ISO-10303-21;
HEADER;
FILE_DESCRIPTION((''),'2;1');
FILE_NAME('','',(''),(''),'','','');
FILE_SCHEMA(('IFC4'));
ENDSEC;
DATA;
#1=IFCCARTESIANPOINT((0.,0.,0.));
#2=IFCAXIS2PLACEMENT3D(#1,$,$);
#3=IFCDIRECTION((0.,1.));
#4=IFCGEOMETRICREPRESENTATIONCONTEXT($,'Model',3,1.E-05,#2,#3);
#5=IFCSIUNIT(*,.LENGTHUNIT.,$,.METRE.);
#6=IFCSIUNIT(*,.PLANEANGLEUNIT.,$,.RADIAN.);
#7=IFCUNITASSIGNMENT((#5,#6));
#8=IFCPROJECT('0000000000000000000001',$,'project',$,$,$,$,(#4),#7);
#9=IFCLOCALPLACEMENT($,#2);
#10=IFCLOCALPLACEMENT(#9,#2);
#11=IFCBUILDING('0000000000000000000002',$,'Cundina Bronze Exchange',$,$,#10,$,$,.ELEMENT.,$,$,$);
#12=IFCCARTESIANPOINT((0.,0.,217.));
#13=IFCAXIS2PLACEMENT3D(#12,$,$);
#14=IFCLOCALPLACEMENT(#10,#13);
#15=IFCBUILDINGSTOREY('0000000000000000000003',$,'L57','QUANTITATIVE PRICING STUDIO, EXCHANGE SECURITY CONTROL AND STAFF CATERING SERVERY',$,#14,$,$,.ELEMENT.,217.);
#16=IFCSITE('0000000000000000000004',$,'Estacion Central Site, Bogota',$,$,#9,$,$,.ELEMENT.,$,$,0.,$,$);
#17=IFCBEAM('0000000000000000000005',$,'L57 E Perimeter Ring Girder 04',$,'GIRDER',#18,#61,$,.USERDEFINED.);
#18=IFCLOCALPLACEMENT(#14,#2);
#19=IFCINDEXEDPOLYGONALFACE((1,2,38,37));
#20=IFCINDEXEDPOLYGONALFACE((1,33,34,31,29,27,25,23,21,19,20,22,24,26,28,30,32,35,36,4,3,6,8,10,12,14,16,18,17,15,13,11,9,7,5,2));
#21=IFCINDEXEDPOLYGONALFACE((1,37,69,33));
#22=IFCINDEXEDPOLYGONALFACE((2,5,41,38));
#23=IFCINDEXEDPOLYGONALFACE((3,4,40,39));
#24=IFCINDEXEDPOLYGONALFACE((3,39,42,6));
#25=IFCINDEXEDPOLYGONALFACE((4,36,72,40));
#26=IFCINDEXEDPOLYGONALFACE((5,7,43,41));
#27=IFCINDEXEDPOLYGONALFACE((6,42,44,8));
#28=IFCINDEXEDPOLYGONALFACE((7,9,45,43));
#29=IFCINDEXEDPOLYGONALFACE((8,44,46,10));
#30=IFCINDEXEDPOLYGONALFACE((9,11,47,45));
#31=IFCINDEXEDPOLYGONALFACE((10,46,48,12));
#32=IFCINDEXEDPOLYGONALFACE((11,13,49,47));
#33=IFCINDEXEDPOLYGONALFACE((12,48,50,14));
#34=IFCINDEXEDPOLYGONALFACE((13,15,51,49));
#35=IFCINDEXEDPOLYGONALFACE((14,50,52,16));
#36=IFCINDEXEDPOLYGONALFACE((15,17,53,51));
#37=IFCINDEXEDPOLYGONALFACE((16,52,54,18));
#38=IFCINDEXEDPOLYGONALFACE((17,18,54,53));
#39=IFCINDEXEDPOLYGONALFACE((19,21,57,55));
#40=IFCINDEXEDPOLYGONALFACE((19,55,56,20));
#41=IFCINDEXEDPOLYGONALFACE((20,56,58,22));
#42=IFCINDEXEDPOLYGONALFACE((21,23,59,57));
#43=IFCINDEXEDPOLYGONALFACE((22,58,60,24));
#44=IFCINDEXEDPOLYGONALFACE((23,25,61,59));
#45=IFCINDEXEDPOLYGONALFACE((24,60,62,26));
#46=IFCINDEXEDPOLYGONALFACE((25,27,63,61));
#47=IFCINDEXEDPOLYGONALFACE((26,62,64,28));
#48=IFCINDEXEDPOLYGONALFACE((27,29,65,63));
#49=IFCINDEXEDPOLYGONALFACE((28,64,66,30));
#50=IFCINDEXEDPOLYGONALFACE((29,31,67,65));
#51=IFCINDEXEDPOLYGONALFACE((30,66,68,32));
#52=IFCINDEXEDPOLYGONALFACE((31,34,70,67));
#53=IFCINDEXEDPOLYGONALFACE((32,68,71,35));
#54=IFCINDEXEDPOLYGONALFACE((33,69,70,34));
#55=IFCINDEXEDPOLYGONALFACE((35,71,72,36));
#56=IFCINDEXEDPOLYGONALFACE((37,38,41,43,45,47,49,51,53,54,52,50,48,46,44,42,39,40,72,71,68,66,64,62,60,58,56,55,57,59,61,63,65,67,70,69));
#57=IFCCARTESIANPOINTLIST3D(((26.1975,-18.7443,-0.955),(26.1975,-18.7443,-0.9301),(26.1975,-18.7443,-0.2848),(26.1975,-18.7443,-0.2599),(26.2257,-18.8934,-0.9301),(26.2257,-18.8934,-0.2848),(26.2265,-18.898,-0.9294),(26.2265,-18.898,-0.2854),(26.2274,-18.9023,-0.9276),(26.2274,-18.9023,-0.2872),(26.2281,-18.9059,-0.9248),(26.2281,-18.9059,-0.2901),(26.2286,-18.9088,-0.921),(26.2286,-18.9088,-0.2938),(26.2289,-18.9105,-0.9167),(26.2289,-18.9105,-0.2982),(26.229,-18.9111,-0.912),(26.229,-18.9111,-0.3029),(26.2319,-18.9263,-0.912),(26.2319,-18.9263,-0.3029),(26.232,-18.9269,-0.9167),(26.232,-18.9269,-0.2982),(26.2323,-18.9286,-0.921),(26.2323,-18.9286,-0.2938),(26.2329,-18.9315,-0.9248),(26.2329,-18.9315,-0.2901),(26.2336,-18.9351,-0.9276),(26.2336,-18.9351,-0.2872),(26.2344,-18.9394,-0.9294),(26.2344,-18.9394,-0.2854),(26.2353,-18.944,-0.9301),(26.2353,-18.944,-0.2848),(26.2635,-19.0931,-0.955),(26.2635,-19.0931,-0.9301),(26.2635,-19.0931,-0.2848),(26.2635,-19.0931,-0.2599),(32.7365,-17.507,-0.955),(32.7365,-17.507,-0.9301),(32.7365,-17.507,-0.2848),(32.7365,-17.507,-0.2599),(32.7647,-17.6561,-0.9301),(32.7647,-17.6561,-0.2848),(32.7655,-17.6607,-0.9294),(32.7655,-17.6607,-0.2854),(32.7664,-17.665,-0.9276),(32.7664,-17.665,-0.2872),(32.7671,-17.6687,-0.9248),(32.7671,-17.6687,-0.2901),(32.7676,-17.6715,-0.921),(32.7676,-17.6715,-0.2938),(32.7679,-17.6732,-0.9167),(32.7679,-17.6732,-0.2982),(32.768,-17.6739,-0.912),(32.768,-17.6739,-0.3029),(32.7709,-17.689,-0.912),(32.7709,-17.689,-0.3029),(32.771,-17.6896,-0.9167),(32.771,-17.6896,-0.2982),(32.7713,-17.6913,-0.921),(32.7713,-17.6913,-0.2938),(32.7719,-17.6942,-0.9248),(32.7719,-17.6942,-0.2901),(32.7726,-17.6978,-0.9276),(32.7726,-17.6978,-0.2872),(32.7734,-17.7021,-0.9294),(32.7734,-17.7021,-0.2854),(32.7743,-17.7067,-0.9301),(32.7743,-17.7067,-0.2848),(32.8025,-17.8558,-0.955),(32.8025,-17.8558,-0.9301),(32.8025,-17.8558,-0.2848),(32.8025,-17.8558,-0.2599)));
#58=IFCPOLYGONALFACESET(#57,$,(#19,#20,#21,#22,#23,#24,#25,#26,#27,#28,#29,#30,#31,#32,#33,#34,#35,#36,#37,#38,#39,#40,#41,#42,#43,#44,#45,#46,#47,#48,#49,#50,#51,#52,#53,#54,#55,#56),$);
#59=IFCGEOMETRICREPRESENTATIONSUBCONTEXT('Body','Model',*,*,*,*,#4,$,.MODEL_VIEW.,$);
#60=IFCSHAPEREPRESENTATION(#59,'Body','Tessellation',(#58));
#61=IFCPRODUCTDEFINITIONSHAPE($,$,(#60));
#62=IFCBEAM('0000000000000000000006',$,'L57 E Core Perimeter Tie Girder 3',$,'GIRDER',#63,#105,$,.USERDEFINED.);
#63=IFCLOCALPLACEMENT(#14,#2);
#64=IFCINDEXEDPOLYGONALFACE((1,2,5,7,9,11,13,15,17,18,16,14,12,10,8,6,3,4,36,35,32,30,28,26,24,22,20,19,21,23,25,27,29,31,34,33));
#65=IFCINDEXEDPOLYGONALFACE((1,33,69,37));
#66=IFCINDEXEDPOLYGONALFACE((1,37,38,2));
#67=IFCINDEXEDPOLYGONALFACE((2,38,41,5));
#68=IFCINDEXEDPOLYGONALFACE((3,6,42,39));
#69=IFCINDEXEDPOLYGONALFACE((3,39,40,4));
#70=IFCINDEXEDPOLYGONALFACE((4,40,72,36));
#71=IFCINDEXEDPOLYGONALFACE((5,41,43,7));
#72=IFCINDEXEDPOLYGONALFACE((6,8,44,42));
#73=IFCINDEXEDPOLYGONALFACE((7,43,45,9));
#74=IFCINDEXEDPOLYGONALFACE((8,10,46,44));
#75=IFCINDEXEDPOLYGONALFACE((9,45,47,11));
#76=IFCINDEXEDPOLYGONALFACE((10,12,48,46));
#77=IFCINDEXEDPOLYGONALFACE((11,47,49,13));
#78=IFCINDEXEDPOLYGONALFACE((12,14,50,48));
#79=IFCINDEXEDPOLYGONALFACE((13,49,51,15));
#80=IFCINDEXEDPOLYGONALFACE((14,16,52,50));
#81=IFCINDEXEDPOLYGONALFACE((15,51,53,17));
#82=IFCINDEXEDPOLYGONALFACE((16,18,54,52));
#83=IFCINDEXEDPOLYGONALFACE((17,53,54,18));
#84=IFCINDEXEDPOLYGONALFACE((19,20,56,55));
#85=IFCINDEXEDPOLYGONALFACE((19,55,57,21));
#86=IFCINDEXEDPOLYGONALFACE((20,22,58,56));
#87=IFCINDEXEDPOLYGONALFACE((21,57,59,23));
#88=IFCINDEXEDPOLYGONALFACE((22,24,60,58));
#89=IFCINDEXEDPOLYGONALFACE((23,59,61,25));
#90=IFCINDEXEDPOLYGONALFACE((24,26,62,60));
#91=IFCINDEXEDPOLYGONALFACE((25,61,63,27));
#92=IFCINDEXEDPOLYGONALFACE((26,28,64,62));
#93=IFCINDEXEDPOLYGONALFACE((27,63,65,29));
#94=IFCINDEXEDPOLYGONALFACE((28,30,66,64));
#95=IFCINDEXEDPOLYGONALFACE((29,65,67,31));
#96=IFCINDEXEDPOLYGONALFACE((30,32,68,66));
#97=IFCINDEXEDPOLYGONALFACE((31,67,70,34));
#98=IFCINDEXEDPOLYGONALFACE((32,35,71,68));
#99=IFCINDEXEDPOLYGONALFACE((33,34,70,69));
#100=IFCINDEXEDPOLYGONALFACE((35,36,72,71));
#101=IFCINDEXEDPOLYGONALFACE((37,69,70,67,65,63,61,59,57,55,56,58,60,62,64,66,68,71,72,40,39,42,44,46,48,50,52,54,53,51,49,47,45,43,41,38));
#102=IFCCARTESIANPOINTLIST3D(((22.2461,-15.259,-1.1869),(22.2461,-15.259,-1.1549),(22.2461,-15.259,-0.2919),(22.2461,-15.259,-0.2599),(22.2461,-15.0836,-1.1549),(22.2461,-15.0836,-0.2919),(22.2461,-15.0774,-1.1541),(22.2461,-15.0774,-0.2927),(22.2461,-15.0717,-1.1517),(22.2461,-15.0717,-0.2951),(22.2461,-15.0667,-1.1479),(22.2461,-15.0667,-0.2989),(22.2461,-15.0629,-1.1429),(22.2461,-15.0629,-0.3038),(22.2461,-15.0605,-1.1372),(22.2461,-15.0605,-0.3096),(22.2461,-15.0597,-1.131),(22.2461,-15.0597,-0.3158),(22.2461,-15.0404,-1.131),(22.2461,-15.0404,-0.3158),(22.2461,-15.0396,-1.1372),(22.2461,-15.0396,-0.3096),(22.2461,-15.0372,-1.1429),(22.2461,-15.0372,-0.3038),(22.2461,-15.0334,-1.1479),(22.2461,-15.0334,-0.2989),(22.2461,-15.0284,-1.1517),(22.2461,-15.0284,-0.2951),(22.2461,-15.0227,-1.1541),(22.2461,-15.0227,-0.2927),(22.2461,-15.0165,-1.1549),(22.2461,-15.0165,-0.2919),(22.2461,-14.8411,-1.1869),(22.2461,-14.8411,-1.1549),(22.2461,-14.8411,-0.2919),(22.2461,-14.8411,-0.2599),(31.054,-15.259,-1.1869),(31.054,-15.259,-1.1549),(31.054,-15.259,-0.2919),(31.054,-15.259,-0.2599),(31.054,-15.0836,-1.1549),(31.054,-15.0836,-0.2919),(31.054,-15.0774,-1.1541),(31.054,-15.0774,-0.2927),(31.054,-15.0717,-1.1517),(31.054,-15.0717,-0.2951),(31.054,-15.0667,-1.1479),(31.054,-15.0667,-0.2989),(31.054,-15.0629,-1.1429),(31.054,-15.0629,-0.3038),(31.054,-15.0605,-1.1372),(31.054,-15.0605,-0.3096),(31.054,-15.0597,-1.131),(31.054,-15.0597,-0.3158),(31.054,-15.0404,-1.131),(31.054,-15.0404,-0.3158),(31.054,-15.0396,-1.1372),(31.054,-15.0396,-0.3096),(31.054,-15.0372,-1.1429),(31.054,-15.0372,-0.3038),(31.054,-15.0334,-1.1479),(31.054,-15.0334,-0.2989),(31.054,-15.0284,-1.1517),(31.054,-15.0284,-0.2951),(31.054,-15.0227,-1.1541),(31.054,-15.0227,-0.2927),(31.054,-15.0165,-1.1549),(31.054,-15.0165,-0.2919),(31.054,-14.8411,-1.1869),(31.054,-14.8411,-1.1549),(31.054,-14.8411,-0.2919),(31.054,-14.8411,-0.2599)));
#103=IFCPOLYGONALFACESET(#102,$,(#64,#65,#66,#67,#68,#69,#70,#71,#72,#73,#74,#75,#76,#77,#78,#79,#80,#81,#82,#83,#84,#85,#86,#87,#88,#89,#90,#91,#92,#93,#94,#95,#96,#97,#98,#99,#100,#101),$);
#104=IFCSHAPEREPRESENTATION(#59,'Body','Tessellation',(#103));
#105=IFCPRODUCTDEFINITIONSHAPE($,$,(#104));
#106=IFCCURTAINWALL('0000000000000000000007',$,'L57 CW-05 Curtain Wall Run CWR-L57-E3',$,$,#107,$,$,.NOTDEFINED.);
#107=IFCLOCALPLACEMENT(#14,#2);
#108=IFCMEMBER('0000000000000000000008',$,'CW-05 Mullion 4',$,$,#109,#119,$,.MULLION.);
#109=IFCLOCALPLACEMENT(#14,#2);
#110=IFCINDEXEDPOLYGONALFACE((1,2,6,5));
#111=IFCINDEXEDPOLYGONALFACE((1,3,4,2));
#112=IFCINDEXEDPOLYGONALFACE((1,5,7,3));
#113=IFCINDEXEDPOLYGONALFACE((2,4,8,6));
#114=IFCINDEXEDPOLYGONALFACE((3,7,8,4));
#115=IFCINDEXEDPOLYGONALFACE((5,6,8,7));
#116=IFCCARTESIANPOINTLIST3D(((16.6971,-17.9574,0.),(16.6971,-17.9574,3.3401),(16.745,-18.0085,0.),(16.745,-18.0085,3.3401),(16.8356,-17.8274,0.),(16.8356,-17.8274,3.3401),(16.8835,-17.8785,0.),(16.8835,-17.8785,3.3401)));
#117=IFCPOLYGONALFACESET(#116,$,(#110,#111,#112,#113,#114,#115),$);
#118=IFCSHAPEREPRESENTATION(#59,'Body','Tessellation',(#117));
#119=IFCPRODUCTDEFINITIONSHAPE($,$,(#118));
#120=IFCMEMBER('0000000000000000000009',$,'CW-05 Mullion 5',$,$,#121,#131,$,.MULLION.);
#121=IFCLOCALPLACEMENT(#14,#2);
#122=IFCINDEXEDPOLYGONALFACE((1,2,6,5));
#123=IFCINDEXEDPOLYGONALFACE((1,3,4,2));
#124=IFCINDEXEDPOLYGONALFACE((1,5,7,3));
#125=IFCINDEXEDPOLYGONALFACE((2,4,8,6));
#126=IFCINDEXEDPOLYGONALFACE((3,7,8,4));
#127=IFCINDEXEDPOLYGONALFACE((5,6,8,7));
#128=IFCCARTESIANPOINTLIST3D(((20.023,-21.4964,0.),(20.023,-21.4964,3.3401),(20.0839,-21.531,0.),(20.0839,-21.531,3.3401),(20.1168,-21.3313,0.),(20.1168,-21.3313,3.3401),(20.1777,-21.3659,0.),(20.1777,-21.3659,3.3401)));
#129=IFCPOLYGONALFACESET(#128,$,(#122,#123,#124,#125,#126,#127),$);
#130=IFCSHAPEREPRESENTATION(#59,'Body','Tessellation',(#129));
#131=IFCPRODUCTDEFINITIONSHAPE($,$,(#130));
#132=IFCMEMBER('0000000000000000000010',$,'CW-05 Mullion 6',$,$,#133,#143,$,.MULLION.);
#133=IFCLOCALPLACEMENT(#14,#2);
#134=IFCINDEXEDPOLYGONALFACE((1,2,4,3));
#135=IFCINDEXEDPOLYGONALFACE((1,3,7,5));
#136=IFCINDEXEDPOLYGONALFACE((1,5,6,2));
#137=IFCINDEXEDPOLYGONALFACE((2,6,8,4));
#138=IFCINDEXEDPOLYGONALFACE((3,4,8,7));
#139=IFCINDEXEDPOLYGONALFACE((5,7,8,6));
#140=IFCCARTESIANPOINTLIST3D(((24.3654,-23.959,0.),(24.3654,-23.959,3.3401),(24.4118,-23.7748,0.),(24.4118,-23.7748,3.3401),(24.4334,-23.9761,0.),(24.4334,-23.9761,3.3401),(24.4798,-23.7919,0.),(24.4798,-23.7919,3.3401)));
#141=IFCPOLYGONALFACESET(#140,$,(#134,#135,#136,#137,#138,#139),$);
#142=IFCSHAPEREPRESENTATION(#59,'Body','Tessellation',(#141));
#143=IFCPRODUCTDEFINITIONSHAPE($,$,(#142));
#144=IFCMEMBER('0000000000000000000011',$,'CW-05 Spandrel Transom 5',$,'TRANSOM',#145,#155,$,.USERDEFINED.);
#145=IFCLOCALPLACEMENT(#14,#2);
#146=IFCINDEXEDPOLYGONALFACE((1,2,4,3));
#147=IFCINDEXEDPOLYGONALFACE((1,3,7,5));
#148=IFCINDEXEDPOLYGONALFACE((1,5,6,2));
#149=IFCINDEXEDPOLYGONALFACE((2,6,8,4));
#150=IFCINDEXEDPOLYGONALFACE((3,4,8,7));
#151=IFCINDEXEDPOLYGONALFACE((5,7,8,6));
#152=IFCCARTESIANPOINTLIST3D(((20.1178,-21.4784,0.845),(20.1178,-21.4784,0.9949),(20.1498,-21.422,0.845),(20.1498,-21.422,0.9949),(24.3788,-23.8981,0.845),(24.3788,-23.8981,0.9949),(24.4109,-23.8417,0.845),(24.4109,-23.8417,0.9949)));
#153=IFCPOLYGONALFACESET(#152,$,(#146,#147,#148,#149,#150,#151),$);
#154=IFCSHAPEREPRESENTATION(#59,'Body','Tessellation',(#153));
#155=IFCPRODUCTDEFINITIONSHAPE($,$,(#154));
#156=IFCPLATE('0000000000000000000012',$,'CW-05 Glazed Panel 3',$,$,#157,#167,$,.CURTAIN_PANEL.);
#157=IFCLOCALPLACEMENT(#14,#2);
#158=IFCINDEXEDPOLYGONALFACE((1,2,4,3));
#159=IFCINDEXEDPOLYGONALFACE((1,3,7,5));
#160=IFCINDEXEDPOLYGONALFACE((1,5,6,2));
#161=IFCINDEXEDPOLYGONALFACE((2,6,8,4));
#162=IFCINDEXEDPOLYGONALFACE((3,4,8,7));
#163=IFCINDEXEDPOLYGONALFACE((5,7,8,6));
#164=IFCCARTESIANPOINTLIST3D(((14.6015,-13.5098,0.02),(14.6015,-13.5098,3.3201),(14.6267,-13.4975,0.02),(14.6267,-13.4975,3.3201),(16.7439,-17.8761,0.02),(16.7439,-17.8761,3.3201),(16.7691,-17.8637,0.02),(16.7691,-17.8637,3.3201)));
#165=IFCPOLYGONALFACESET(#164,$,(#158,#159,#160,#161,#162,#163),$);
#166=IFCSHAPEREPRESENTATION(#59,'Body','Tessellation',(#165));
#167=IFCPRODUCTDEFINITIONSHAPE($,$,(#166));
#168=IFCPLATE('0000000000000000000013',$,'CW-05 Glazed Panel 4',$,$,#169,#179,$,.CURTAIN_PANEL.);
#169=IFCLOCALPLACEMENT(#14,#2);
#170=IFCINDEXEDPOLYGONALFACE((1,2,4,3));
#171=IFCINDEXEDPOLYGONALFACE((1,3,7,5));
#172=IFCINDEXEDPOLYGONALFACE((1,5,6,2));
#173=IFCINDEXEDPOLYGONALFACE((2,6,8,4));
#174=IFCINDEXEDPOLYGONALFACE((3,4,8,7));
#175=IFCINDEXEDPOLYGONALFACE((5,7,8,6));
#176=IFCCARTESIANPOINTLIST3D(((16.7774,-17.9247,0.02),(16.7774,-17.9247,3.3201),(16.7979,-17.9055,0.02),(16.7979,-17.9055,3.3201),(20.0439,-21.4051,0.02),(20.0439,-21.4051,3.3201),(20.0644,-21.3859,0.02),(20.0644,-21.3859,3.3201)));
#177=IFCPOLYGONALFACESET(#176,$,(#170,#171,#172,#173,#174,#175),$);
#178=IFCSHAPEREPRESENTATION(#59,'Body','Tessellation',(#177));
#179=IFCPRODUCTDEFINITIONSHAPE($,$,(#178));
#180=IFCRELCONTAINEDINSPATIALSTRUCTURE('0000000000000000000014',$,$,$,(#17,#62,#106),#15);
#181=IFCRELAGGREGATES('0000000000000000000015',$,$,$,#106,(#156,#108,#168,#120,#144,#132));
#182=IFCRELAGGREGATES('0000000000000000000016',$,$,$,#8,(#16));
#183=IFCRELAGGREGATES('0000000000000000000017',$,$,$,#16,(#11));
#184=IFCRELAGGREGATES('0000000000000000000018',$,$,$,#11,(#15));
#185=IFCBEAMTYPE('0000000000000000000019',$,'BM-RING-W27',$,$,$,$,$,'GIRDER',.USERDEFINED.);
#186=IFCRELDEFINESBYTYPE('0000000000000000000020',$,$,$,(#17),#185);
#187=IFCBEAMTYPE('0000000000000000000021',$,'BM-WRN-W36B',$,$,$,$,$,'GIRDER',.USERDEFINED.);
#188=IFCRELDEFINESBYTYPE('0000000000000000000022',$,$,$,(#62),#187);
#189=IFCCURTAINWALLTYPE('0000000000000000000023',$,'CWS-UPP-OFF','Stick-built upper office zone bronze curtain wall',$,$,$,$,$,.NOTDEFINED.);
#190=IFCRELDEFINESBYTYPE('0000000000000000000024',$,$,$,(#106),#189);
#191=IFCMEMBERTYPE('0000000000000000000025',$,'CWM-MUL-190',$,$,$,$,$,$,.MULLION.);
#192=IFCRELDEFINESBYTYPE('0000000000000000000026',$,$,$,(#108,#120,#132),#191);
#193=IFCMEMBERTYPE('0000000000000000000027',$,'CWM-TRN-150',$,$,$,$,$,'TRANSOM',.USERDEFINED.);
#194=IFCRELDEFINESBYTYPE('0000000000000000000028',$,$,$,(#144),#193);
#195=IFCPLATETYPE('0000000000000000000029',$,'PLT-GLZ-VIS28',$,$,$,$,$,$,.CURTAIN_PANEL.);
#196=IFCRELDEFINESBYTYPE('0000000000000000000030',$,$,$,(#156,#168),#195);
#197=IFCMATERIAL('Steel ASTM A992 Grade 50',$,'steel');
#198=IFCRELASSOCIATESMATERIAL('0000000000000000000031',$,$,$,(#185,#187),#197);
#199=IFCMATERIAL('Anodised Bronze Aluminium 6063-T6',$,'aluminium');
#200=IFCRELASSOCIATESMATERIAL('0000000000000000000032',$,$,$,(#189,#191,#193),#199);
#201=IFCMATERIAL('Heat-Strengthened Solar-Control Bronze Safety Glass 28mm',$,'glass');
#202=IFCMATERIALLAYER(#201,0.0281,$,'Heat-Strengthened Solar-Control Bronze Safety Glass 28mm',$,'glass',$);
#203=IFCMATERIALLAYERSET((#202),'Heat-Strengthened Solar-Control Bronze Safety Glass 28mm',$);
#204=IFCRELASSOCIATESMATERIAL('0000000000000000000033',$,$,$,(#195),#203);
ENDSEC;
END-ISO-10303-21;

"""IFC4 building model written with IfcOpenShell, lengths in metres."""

from ifc_helpers import new_model, si_unit, direction, frame, origin, origin_2d, place, context, subcontext, project, spatial, rectangle, i_section, extrude, material, layer, layer_set, material_profile, profile_set, type_object, element, aggregate, save


model = new_model("IFC4")

# Units and contexts
model_context = context("Model", 3, precision=1e-05, world=origin(), true_north=direction((0.0, 1.0)))
body_context = subcontext(model_context, "Body", "Model", "MODEL_VIEW")
ifc_project = project(units=[si_unit("LENGTHUNIT", "METRE"), si_unit("PLANEANGLEUNIT", "RADIAN")], contexts=[model_context])

# Site, building, storey
site_placement = place(None, origin())
site = spatial("IfcSite", under=ifc_project, at=site_placement, Name="Estacion Central Site, Bogota", CompositionType="ELEMENT", RefElevation=0.0)
building_placement = place(site_placement, origin())
building = spatial("IfcBuilding", under=site, at=building_placement, Name="Cundina Bronze Exchange", CompositionType="ELEMENT")
storey_placement = place(building_placement, frame((0.0, 0.0, 217.0)))
storey = spatial("IfcBuildingStorey", under=building, at=storey_placement, Name="L57", Description="QUANTITATIVE PRICING STUDIO, EXCHANGE SECURITY CONTROL AND STAFF CATERING SERVERY", CompositionType="ELEMENT", Elevation=217.0)

# Shared definitions
ifc_material_1 = material(Name="Steel ASTM A992 Grade 50", Category="steel")

# Beams
ifc_material_profile_1 = material_profile(ifc_material_1, i_section(OverallWidth=0.355, OverallDepth=0.6951, WebThickness=0.0154, FlangeThickness=0.0249, FilletRadius=0.0181, at=origin_2d()), Name="W27X146", Category="steel")
ifc_profile_set_1 = profile_set([ifc_material_profile_1], Name="Steel ASTM A992 Grade 50")
beam_type_1 = type_object("IfcBeamType", Name="BM-RING-W27", ElementType="GIRDER", PredefinedType="USERDEFINED", material=ifc_profile_set_1)
beam_1_placement = place(storey_placement, frame((26.2305, -18.9187, -0.6074), z_axis=(0.982565, 0.185918, 0.0), x_axis=(-0.185918, 0.982565, 0.0)))
element("IfcBeam", 1, at=beam_1_placement, inside=storey, type_object=beam_type_1, Name="L57 E Perimeter Ring Girder 04", ObjectType="GIRDER", PredefinedType="USERDEFINED", context=body_context, shape_type="SweptSolid", body=[
    extrude(i_section(OverallWidth=0.355, OverallDepth=0.6951, WebThickness=0.0154, FlangeThickness=0.0249, FilletRadius=0.0181, at=origin_2d()), origin(), (0.0, 0.0, 1.0), 6.655),
])
ifc_material_profile_2 = material_profile(ifc_material_1, i_section(OverallWidth=0.418, OverallDepth=0.927, WebThickness=0.0193, FlangeThickness=0.032, FilletRadius=0.0239, at=origin_2d()), Name="W36X231", Category="steel")
ifc_profile_set_2 = profile_set([ifc_material_profile_2], Name="Steel ASTM A992 Grade 50")
beam_type_2 = type_object("IfcBeamType", Name="BM-WRN-W36B", ElementType="GIRDER", PredefinedType="USERDEFINED", material=ifc_profile_set_2)
beam_2_placement = place(storey_placement, frame((22.2461, -15.05, -0.7234), z_axis=(1.0, 0.0, 0.0), x_axis=(0.0, 1.0, 0.0)))
element("IfcBeam", 2, at=beam_2_placement, inside=storey, type_object=beam_type_2, Name="L57 E Core Perimeter Tie Girder 3", ObjectType="GIRDER", PredefinedType="USERDEFINED", context=body_context, shape_type="SweptSolid", body=[
    extrude(i_section(OverallWidth=0.418, OverallDepth=0.927, WebThickness=0.0193, FlangeThickness=0.032, FilletRadius=0.0239, at=origin_2d()), origin(), (0.0, 0.0, 1.0), 8.8079),
])

# Curtain wall, members, plates
ifc_material_2 = material(Name="Anodised Bronze Aluminium 6063-T6", Category="aluminium")
curtain_wall_type = type_object("IfcCurtainWallType", Name="CWS-UPP-OFF", Description="Stick-built upper office zone bronze curtain wall", PredefinedType="NOTDEFINED", material=ifc_material_2)
curtain_wall_placement = place(storey_placement, origin())
curtain_wall = element("IfcCurtainWall", 3, at=curtain_wall_placement, inside=storey, type_object=curtain_wall_type, Name="L57 CW-05 Curtain Wall Run CWR-L57-E3", PredefinedType="NOTDEFINED")
ifc_material_profile_3 = material_profile(ifc_material_2, rectangle(XDim=0.0701, YDim=0.1899, at=origin_2d()), Name="AL70X190", Category="aluminium")
ifc_profile_set_3 = profile_set([ifc_material_profile_3], Name="Anodised Bronze Aluminium 6063-T6")
member_type_1 = type_object("IfcMemberType", Name="CWM-MUL-190", PredefinedType="MULLION", material=ifc_profile_set_3)
member_1_placement = place(storey_placement, frame((16.7903, -17.918, 0.0), z_axis=(0.0, 0.0, 1.0), x_axis=(0.684293, -0.729208, 0.0)))
member_1 = element("IfcMember", 4, at=member_1_placement, type_object=member_type_1, Name="CW-05 Mullion 4", PredefinedType="MULLION", context=body_context, shape_type="SweptSolid", body=[
    extrude(rectangle(XDim=0.0701, YDim=0.1899, at=origin_2d()), origin(), (0.0, 0.0, 1.0), 3.3401),
])
member_2_placement = place(storey_placement, frame((20.1003, -21.4312, 0.0), z_axis=(0.0, 0.0, 1.0), x_axis=(0.869581, -0.49379, 0.0)))
member_2 = element("IfcMember", 5, at=member_2_placement, type_object=member_type_1, Name="CW-05 Mullion 5", PredefinedType="MULLION", context=body_context, shape_type="SweptSolid", body=[
    extrude(rectangle(XDim=0.0701, YDim=0.1899, at=origin_2d()), origin(), (0.0, 0.0, 1.0), 3.3401),
])
member_3_placement = place(storey_placement, frame((24.4226, -23.8755, 0.0), z_axis=(0.0, 0.0, 1.0), x_axis=(0.969744, -0.244123, 0.0)))
member_3 = element("IfcMember", 6, at=member_3_placement, type_object=member_type_1, Name="CW-05 Mullion 6", PredefinedType="MULLION", context=body_context, shape_type="SweptSolid", body=[
    extrude(rectangle(XDim=0.0701, YDim=0.1899, at=origin_2d()), origin(), (0.0, 0.0, 1.0), 3.3401),
])
ifc_material_profile_4 = material_profile(ifc_material_2, rectangle(XDim=0.0649, YDim=0.1499, at=origin_2d()), Name="AL65X150", Category="aluminium")
ifc_profile_set_4 = profile_set([ifc_material_profile_4], Name="Anodised Bronze Aluminium 6063-T6")
member_type_2 = type_object("IfcMemberType", Name="CWM-TRN-150", ElementType="TRANSOM", PredefinedType="USERDEFINED", material=ifc_profile_set_4)
member_4_placement = place(storey_placement, frame((20.1338, -21.4502, 0.9199), z_axis=(0.869574, -0.493803, 0.0), x_axis=(0.493803, 0.869574, 0.0)))
member_4 = element("IfcMember", 7, at=member_4_placement, type_object=member_type_2, Name="CW-05 Spandrel Transom 5", ObjectType="TRANSOM", PredefinedType="USERDEFINED", context=body_context, shape_type="SweptSolid", body=[
    extrude(rectangle(XDim=0.0649, YDim=0.1499, at=origin_2d()), origin(), (0.0, 0.0, 1.0), 4.9001),
])
ifc_material_3 = material(Name="Heat-Strengthened Solar-Control Bronze Safety Glass 28mm", Category="glass")
ifc_layer_1 = layer(ifc_material_3, 0.0281, Name="Heat-Strengthened Solar-Control Bronze Safety Glass 28mm", Category="glass")
ifc_layer_set_1 = layer_set([ifc_layer_1], Name="Heat-Strengthened Solar-Control Bronze Safety Glass 28mm")
plate_type_1 = type_object("IfcPlateType", Name="PLT-GLZ-VIS28", PredefinedType="CURTAIN_PANEL", material=ifc_layer_set_1)
plate_1_placement = place(storey_placement, frame((15.6853, -15.6868, 0.02), z_axis=(0.0, 0.0, 1.0), x_axis=(0.440503, -0.897751, 0.0)))
plate_1 = element("IfcPlate", 8, at=plate_1_placement, type_object=plate_type_1, Name="CW-05 Glazed Panel 3", PredefinedType="CURTAIN_PANEL", context=body_context, shape_type="SweptSolid", body=[
    extrude(rectangle(XDim=4.8635, YDim=0.0281, at=origin_2d()), origin(), (0.0, 0.0, 1.0), 3.3),
])
plate_2_placement = place(storey_placement, frame((18.4209, -19.6553, 0.02), z_axis=(0.0, 0.0, 1.0), x_axis=(0.684344, -0.72916, 0.0)))
plate_2 = element("IfcPlate", 9, at=plate_2_placement, type_object=plate_type_1, Name="CW-05 Glazed Panel 4", PredefinedType="CURTAIN_PANEL", context=body_context, shape_type="SweptSolid", body=[
    extrude(rectangle(XDim=4.7732, YDim=0.0281, at=origin_2d()), origin(), (0.0, 0.0, 1.0), 3.3),
])
aggregate(curtain_wall, [plate_1, member_1, plate_2, member_2, member_4, member_3])

save(model, "model.ifc")
